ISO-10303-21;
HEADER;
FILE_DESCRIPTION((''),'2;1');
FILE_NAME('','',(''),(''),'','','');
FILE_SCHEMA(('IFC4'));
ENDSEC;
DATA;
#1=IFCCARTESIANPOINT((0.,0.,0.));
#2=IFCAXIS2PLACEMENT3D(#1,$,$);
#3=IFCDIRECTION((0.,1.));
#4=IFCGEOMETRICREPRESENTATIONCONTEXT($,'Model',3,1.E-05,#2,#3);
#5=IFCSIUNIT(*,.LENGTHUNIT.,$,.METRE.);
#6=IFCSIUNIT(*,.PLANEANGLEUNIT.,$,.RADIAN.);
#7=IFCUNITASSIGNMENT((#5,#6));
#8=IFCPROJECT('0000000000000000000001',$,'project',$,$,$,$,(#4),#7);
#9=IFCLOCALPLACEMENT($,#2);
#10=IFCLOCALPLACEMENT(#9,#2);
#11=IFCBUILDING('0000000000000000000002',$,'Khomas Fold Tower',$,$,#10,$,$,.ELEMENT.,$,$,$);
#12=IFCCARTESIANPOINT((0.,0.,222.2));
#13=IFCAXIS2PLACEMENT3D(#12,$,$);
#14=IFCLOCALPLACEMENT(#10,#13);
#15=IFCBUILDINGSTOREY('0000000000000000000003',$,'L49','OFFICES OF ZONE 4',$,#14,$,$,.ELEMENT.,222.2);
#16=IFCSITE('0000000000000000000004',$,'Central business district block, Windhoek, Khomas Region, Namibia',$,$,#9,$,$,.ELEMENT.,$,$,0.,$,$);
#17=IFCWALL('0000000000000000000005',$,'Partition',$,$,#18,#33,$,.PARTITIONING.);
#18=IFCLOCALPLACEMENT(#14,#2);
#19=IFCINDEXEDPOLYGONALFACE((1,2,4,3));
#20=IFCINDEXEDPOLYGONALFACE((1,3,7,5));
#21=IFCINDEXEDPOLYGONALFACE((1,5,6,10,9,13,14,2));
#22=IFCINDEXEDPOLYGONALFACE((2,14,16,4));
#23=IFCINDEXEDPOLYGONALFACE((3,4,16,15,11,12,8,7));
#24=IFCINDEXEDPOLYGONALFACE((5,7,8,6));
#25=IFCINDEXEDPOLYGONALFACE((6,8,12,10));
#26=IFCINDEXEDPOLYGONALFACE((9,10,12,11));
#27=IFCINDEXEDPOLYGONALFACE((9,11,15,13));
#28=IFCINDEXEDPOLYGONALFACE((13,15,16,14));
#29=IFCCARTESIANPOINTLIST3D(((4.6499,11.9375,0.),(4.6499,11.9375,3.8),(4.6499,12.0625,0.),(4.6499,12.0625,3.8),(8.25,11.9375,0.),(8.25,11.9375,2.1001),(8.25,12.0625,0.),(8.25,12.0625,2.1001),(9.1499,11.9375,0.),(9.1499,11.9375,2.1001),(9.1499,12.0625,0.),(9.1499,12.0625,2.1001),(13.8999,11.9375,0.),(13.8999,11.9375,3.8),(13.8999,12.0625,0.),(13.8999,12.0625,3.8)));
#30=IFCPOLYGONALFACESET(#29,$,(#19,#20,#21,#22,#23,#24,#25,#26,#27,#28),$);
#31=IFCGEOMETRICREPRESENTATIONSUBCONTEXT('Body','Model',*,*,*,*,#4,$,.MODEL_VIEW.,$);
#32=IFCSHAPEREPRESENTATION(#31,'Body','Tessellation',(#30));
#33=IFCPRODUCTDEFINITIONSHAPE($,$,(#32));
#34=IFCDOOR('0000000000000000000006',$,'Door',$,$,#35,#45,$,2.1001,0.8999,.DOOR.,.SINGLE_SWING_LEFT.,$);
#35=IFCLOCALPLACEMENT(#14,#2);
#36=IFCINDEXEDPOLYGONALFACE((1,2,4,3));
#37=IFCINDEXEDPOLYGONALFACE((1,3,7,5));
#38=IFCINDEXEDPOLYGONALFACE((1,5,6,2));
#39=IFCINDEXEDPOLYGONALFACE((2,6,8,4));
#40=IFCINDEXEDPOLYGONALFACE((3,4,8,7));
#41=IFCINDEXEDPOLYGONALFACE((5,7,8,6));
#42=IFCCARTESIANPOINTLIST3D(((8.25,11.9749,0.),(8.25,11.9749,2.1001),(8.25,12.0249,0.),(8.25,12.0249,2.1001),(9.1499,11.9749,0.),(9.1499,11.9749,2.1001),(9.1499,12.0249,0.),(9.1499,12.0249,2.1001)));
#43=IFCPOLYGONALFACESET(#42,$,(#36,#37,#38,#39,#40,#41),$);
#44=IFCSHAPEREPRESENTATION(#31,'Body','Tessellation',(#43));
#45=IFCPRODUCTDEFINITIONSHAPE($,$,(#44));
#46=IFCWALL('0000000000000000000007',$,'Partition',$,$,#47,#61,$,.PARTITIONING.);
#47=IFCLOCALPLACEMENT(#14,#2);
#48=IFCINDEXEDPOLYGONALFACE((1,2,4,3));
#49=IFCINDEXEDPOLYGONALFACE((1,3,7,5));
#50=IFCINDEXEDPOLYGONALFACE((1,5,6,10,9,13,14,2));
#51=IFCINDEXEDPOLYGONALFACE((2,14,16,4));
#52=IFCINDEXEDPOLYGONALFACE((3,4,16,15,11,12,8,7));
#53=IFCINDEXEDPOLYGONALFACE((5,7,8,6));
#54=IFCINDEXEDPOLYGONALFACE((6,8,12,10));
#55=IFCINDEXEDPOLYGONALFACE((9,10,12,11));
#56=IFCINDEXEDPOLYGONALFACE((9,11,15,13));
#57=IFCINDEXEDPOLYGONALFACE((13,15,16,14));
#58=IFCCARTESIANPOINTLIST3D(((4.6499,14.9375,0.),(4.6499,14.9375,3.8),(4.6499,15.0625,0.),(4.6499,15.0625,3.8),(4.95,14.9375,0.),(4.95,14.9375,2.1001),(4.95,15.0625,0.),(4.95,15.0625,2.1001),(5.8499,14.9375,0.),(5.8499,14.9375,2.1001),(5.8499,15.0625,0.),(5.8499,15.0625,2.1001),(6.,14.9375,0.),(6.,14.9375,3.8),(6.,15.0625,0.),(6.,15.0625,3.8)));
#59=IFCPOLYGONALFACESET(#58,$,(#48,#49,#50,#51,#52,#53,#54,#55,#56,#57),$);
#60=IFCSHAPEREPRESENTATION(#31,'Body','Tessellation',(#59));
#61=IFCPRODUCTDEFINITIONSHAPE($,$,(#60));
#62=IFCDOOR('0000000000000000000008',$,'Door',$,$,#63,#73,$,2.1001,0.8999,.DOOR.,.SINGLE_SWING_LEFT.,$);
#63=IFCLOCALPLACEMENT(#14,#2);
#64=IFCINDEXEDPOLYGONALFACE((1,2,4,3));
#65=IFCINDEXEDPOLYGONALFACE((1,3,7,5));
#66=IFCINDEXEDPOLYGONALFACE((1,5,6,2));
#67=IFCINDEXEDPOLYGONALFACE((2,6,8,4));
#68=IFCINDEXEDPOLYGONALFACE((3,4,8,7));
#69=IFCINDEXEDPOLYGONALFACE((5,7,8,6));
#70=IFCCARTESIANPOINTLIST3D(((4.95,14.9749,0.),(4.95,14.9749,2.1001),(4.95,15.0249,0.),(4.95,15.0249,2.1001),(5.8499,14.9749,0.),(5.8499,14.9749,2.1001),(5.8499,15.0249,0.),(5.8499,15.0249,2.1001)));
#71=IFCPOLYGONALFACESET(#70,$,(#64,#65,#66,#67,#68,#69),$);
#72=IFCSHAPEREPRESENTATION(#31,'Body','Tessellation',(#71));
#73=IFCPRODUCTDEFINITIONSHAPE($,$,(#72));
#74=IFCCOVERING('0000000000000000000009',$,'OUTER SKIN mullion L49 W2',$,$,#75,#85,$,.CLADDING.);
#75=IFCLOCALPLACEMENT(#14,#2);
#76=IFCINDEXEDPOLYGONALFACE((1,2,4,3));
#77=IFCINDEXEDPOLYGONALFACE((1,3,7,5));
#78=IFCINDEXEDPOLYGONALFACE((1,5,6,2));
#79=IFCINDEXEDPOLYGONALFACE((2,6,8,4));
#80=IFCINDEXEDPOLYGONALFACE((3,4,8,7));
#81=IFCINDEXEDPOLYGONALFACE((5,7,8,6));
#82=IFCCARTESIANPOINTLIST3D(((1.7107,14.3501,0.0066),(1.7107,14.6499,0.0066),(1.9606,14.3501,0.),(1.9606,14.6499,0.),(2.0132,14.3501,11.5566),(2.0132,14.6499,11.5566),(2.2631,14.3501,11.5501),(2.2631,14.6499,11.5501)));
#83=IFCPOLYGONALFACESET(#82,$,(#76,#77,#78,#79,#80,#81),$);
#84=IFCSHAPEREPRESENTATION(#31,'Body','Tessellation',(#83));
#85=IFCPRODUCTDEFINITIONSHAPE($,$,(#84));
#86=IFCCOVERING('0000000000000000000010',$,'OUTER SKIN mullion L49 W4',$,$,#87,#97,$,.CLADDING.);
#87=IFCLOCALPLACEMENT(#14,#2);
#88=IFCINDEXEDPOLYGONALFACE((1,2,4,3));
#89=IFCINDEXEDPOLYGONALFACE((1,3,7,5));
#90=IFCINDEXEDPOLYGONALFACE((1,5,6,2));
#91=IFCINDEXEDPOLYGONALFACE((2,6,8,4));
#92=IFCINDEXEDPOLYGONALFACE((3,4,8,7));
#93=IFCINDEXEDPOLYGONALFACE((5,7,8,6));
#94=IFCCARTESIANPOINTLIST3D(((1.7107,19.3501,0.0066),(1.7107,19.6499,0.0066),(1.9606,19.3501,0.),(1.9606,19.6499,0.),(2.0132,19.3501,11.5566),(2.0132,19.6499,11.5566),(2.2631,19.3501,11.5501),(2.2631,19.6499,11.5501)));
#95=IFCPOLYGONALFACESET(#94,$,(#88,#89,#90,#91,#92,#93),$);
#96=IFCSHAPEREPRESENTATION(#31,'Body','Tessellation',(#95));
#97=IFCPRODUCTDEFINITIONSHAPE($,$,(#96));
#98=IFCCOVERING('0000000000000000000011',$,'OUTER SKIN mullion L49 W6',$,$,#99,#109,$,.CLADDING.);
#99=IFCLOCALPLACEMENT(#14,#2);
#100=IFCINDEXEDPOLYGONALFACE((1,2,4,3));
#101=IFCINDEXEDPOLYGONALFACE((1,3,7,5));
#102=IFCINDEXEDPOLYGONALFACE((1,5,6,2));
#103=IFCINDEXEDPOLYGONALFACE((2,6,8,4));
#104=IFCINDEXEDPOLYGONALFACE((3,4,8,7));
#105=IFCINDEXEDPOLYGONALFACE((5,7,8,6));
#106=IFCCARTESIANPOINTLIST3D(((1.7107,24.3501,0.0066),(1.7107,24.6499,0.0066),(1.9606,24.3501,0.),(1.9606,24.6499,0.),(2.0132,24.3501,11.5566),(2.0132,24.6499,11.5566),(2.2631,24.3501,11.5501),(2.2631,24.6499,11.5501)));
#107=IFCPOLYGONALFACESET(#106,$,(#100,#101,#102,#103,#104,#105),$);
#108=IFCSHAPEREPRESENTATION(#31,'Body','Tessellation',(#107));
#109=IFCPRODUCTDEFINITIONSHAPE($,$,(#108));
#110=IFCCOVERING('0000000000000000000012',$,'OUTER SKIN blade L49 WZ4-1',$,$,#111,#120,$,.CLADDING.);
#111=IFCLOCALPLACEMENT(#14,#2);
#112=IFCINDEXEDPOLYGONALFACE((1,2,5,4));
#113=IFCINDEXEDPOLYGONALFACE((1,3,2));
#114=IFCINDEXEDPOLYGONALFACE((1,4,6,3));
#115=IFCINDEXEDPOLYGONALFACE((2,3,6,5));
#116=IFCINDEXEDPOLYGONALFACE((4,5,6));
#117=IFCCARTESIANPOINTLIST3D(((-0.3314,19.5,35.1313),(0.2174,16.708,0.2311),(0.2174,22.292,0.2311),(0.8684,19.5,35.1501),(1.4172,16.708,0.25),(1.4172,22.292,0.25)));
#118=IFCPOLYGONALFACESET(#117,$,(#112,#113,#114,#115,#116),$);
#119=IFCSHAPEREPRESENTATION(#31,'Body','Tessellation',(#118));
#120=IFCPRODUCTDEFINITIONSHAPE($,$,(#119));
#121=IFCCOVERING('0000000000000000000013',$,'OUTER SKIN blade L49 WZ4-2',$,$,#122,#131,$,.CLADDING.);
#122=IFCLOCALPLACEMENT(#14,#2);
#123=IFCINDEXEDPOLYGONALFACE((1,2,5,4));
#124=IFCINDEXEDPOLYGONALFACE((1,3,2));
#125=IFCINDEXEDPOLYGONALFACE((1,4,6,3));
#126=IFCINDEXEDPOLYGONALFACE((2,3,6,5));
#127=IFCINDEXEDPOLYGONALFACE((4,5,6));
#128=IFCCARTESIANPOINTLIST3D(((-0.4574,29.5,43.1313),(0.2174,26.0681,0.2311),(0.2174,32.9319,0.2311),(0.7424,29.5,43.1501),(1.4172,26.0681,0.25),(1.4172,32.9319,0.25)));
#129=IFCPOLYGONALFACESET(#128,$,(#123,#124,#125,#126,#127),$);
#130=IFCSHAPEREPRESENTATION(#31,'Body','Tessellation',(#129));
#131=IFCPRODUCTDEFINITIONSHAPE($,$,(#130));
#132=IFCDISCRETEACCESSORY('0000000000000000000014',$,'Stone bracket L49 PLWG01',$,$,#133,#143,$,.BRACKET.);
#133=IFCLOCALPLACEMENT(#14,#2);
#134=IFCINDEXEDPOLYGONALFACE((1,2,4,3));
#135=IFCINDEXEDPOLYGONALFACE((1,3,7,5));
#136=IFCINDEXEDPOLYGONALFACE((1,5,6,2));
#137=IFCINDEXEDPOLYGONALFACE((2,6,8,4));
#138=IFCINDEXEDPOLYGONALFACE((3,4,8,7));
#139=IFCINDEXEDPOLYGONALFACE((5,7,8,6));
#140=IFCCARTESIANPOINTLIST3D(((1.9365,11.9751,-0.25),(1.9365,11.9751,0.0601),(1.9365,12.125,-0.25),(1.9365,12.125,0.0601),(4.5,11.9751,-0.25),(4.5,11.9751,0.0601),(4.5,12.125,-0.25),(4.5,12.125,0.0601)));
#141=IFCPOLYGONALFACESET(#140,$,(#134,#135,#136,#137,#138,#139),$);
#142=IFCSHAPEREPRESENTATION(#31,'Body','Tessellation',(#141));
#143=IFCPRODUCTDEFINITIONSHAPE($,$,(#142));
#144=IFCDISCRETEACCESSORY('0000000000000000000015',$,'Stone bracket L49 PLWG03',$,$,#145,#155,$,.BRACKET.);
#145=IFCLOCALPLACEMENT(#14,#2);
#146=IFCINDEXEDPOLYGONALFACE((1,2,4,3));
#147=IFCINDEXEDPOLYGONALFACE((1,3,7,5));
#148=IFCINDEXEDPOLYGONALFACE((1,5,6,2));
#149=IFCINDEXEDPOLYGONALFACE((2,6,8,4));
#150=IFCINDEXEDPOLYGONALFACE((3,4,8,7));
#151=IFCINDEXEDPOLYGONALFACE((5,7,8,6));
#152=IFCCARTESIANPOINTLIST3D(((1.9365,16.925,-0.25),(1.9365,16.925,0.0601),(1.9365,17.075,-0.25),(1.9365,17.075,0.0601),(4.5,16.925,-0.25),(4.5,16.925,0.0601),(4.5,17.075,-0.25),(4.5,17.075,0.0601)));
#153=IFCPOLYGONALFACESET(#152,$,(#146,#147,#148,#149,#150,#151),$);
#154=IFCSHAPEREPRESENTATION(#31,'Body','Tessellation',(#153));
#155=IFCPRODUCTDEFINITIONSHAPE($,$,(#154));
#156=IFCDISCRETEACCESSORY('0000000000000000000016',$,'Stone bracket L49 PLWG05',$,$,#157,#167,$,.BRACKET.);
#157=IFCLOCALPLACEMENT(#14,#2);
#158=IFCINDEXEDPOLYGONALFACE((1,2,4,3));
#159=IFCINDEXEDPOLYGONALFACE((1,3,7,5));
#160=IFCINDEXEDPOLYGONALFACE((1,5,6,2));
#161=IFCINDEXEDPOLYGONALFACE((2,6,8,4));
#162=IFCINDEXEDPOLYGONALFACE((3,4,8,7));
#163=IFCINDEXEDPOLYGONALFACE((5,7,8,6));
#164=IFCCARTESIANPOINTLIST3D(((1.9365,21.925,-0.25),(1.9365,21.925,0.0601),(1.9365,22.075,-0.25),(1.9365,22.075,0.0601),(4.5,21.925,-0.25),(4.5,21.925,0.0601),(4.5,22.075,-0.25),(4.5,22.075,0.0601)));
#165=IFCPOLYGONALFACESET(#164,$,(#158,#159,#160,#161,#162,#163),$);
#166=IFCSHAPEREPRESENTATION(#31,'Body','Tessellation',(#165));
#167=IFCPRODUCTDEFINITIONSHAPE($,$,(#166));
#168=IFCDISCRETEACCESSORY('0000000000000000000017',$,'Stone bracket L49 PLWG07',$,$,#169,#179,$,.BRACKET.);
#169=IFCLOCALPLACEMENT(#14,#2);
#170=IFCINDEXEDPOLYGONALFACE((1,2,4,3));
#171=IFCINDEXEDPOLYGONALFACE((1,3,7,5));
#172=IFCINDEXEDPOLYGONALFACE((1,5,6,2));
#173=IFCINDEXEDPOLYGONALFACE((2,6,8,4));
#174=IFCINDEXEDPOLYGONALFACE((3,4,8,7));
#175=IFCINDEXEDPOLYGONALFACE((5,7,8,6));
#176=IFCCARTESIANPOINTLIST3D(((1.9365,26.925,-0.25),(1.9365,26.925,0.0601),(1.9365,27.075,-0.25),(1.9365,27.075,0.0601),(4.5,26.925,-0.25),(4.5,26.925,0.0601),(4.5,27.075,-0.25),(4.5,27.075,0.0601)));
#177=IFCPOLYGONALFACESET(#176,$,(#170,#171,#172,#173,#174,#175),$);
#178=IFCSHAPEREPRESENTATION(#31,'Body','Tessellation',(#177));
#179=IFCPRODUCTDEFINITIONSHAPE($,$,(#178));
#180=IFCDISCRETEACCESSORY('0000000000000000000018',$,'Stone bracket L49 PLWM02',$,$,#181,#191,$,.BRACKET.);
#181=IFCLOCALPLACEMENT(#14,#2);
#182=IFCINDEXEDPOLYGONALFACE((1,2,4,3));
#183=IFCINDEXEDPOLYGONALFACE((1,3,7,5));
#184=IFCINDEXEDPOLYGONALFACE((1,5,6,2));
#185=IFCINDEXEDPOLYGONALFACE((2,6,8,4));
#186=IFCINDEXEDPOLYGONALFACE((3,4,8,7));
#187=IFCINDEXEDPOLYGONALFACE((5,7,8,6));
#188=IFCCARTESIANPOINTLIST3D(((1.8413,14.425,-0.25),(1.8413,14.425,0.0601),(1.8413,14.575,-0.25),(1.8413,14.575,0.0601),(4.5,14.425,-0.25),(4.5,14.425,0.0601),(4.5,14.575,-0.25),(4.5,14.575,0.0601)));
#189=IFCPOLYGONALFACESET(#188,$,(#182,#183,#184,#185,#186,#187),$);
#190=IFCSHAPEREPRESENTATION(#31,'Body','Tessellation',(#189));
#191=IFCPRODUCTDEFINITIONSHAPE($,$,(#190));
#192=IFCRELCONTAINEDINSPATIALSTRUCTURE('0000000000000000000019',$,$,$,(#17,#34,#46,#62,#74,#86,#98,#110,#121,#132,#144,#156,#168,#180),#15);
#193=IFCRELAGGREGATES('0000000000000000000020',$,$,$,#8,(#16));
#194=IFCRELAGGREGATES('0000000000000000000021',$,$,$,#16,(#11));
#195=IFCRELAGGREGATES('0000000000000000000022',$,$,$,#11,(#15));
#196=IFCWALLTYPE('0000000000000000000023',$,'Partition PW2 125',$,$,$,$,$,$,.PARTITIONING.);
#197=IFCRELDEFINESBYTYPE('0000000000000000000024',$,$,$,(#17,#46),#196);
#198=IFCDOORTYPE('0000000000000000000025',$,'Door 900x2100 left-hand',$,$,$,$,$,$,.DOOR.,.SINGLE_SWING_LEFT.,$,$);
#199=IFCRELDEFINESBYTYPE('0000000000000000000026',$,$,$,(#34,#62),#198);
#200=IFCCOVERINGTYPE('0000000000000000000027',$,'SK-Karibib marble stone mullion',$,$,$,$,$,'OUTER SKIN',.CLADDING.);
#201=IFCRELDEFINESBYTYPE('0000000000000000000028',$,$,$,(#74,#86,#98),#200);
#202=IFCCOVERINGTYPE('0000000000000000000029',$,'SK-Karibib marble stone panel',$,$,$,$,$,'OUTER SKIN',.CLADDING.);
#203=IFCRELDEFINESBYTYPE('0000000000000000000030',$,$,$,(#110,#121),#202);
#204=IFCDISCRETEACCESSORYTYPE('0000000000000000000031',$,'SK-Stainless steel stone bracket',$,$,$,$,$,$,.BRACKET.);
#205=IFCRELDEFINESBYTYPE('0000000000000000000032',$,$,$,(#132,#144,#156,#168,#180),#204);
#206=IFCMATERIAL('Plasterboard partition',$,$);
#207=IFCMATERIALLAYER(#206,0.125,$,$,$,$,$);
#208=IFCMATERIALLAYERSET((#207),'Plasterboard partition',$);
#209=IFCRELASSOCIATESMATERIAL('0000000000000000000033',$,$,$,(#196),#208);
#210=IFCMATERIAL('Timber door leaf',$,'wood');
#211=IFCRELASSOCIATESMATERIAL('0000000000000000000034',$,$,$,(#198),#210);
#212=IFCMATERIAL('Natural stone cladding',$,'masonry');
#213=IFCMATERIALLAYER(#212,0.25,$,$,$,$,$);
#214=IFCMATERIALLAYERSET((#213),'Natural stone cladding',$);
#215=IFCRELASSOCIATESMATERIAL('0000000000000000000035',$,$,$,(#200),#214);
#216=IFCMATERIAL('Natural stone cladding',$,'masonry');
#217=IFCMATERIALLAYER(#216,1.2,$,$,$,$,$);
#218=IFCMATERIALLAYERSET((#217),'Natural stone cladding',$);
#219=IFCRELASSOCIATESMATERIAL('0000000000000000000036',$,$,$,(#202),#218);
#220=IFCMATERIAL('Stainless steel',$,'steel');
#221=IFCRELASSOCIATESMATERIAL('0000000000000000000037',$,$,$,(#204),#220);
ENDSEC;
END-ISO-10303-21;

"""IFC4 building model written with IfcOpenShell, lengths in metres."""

from ifc_helpers import new_model, si_unit, direction, frame, frame_2d, origin, origin_2d, place, context, subcontext, project, spatial, polyline, rectangle, outline, extrude, source, transform, mapped, material, layer, layer_set, type_object, element, fill, save


model = new_model("IFC4")

# Units and contexts
model_context = context("Model", 3, precision=1e-05, world=origin(), true_north=direction((0.0, 1.0)))
body_context = subcontext(model_context, "Body", "Model", "MODEL_VIEW")
ifc_project = project(units=[si_unit("LENGTHUNIT", "METRE"), si_unit("PLANEANGLEUNIT", "RADIAN")], contexts=[model_context])

# Site, building, storey
site_placement = place(None, origin())
site = spatial("IfcSite", under=ifc_project, at=site_placement, Name="Central business district block, Windhoek, Khomas Region, Namibia", CompositionType="ELEMENT", RefElevation=0.0)
building_placement = place(site_placement, origin())
building = spatial("IfcBuilding", under=site, at=building_placement, Name="Khomas Fold Tower", CompositionType="ELEMENT")
storey_placement = place(building_placement, frame((0.0, 0.0, 222.2)))
storey = spatial("IfcBuildingStorey", under=building, at=storey_placement, Name="L49", Description="OFFICES OF ZONE 4", CompositionType="ELEMENT", Elevation=222.2)

# Walls, openings, doors
ifc_material_1 = material(Name="Plasterboard partition")
ifc_layer_1 = layer(ifc_material_1, 0.125)
ifc_layer_set_1 = layer_set([ifc_layer_1], Name="Plasterboard partition")
wall_type = type_object("IfcWallType", Name="Partition PW2 125", PredefinedType="PARTITIONING", material=ifc_layer_set_1)
shared_shape_1 = source(origin(), body_context, "Body", "SweptSolid", [
    extrude(rectangle(XDim=9.25, YDim=0.125, at=frame_2d((4.625, 0.0))), origin(), (0.0, 0.0, 1.0), 3.8),
])
wall_1_placement = place(storey_placement, frame((4.6499, 12.0, 0.0), z_axis=(0.0, 0.0, 1.0), x_axis=(1.0, 0.0, 0.0)))
wall_1 = element("IfcWall", 1, at=wall_1_placement, inside=storey, type_object=wall_type, Name="Partition", PredefinedType="PARTITIONING", context=body_context, shape_type="MappedRepresentation", body=[
    mapped(shared_shape_1, transform((0.0, 0.0, 0.0))),
])
shared_shape_2 = source(origin(), body_context, "Body", "SweptSolid", [
    extrude(rectangle(XDim=0.8999, YDim=2.1001, at=frame_2d((0.45, 1.05))), frame((0.0, 0.0725, 0.0), z_axis=(0.0, -1.0, 0.0), x_axis=(1.0, 0.0, 0.0)), (0.0, 0.0, 1.0), 0.145),
])
opening_1_placement = place(wall_1_placement, frame((3.6001, 0.0, 0.0)))
opening_1 = element("IfcOpeningElement", 2, at=opening_1_placement, cuts=wall_1, PredefinedType="OPENING", context=body_context, shape_type="MappedRepresentation", body=[
    mapped(shared_shape_2, transform((0.0, 0.0, 0.0))),
])
ifc_material_2 = material(Name="Timber door leaf", Category="wood")
door_type = type_object("IfcDoorType", Name="Door 900x2100 left-hand", OperationType="SINGLE_SWING_LEFT", PredefinedType="DOOR", material=ifc_material_2)
shared_shape_3 = source(origin(), body_context, "Body", "SweptSolid", [
    extrude(rectangle(XDim=0.8999, YDim=2.1001, at=frame_2d((0.45, 1.05))), frame((0.0, 0.0249, 0.0), z_axis=(0.0, -1.0, 0.0), x_axis=(1.0, 0.0, 0.0)), (0.0, 0.0, 1.0), 0.05),
])
door_1_placement = place(opening_1_placement, origin())
door_1 = element("IfcDoor", 3, at=door_1_placement, inside=storey, type_object=door_type, Name="Door", OperationType="SINGLE_SWING_LEFT", OverallHeight=2.1001, OverallWidth=0.8999, PredefinedType="DOOR", context=body_context, shape_type="MappedRepresentation", body=[
    mapped(shared_shape_3, transform((0.0, 0.0, 0.0))),
])
fill(opening_1, door_1)
shared_shape_4 = source(origin(), body_context, "Body", "SweptSolid", [
    extrude(rectangle(XDim=1.3501, YDim=0.125, at=frame_2d((0.675, 0.0))), origin(), (0.0, 0.0, 1.0), 3.8),
])
wall_2_placement = place(storey_placement, frame((4.6499, 15.0, 0.0), z_axis=(0.0, 0.0, 1.0), x_axis=(1.0, 0.0, 0.0)))
wall_2 = element("IfcWall", 4, at=wall_2_placement, inside=storey, type_object=wall_type, Name="Partition", PredefinedType="PARTITIONING", context=body_context, shape_type="MappedRepresentation", body=[
    mapped(shared_shape_4, transform((0.0, 0.0, 0.0))),
])
opening_2_placement = place(wall_2_placement, frame((0.3, 0.0, 0.0)))
opening_2 = element("IfcOpeningElement", 5, at=opening_2_placement, cuts=wall_2, PredefinedType="OPENING", context=body_context, shape_type="MappedRepresentation", body=[
    mapped(shared_shape_2, transform((0.0, 0.0, 0.0))),
])
door_2_placement = place(opening_2_placement, origin())
door_2 = element("IfcDoor", 6, at=door_2_placement, inside=storey, type_object=door_type, Name="Door", OperationType="SINGLE_SWING_LEFT", OverallHeight=2.1001, OverallWidth=0.8999, PredefinedType="DOOR", context=body_context, shape_type="MappedRepresentation", body=[
    mapped(shared_shape_3, transform((0.0, 0.0, 0.0))),
])
fill(opening_2, door_2)

# Coverings
ifc_material_3 = material(Name="Natural stone cladding", Category="masonry")
ifc_layer_2 = layer(ifc_material_3, 0.25)
ifc_layer_set_2 = layer_set([ifc_layer_2], Name="Natural stone cladding")
covering_type_1 = type_object("IfcCoveringType", Name="SK-Karibib marble stone mullion", ElementType="OUTER SKIN", PredefinedType="CLADDING", material=ifc_layer_set_2)
for number, where, z_axis, x_axis, name in (
    (7, (1.7107, 14.3501, 0.0066), (-0.999657, 0.0, 0.026181), (0.0, 1.0, 0.0), "OUTER SKIN mullion L49 W2"),
    (8, (1.7107, 19.3501, 0.0066), (-0.999657, 0.0, 0.026181), (0.0, 1.0, 0.0), "OUTER SKIN mullion L49 W4"),
    (9, (1.7107, 24.3501, 0.0066), (-0.999657, 0.0, 0.026181), (0.0, 1.0, 0.0), "OUTER SKIN mullion L49 W6"),
):
    element("IfcCovering", number, at=place(storey_placement, frame(where, z_axis=z_axis, x_axis=x_axis)), inside=storey, type_object=covering_type_1, Name=name, PredefinedType="CLADDING", context=body_context, shape_type="SweptSolid", body=[
        extrude(outline(polyline([(0.0, 0.0), (0.2998, 0.0), (0.2998, -11.554), (0.0, -11.554), (0.0, 0.0)])), origin(), (0.0, 0.0, -1.0), 0.25),
    ])
ifc_material_4 = material(Name="Natural stone cladding", Category="masonry")
ifc_layer_3 = layer(ifc_material_4, 1.2)
ifc_layer_set_3 = layer_set([ifc_layer_3], Name="Natural stone cladding")
covering_type_2 = type_object("IfcCoveringType", Name="SK-Karibib marble stone panel", ElementType="OUTER SKIN", PredefinedType="CLADDING", material=ifc_layer_set_3)
covering_1_placement = place(storey_placement, frame((1.4172, 16.708, 0.25), z_axis=(0.999876, 0.0, 0.015724), x_axis=(0.0, 1.0, 0.0)))
element("IfcCovering", 10, at=covering_1_placement, inside=storey, type_object=covering_type_2, Name="OUTER SKIN blade L49 WZ4-1", PredefinedType="CLADDING", context=body_context, shape_type="SweptSolid", body=[
    extrude(outline(polyline([(0.0, 0.0), (5.584, 0.0), (2.792, 34.9045), (0.0, 0.0)])), origin(), (0.0, 0.0, -1.0), 1.2),
])
covering_2_placement = place(storey_placement, frame((1.4172, 26.0681, 0.25), z_axis=(0.999876, 0.0, 0.015728), x_axis=(0.0, 1.0, 0.0)))
element("IfcCovering", 11, at=covering_2_placement, inside=storey, type_object=covering_type_2, Name="OUTER SKIN blade L49 WZ4-2", PredefinedType="CLADDING", context=body_context, shape_type="SweptSolid", body=[
    extrude(outline(polyline([(0.0, 0.0), (6.8638, 0.0), (3.4319, 42.9055), (0.0, 0.0)])), origin(), (0.0, 0.0, -1.0), 1.2),
])

# Discrete accessories
ifc_material_5 = material(Name="Stainless steel", Category="steel")
discrete_accessory_type = type_object("IfcDiscreteAccessoryType", Name="SK-Stainless steel stone bracket", PredefinedType="BRACKET", material=ifc_material_5)
shared_shape_5 = source(origin(), body_context, "Body", "SweptSolid", [
    extrude(rectangle(XDim=2.5635, YDim=0.1499, at=origin_2d()), origin(), (0.0, 0.0, 1.0), 0.3101),
])
for number, where, z_axis, x_axis, name in (
    (12, (3.2183, 12.05, -0.25), (0.0, 0.0, 1.0), (-1.0, 0.0, 0.0), "Stone bracket L49 PLWG01"),
    (13, (3.2183, 17.0, -0.25), (0.0, 0.0, 1.0), (-1.0, 0.0, 0.0), "Stone bracket L49 PLWG03"),
    (14, (3.2183, 22.0, -0.25), (0.0, 0.0, 1.0), (-1.0, 0.0, 0.0), "Stone bracket L49 PLWG05"),
    (15, (3.2183, 27.0, -0.25), (0.0, 0.0, 1.0), (-1.0, 0.0, 0.0), "Stone bracket L49 PLWG07"),
):
    element("IfcDiscreteAccessory", number, at=place(storey_placement, frame(where, z_axis=z_axis, x_axis=x_axis)), inside=storey, type_object=discrete_accessory_type, Name=name, PredefinedType="BRACKET", context=body_context, shape_type="MappedRepresentation", body=[
        mapped(shared_shape_5, transform((0.0, 0.0, 0.0))),
    ])
shared_shape_6 = source(origin(), body_context, "Body", "SweptSolid", [
    extrude(rectangle(XDim=2.6587, YDim=0.1499, at=origin_2d()), origin(), (0.0, 0.0, 1.0), 0.3101),
])
for number, where, z_axis, x_axis, name in (
    (16, (3.1707, 14.5, -0.25), (0.0, 0.0, 1.0), (-1.0, 0.0, 0.0), "Stone bracket L49 PLWM02"),
):
    element("IfcDiscreteAccessory", number, at=place(storey_placement, frame(where, z_axis=z_axis, x_axis=x_axis)), inside=storey, type_object=discrete_accessory_type, Name=name, PredefinedType="BRACKET", context=body_context, shape_type="MappedRepresentation", body=[
        mapped(shared_shape_6, transform((0.0, 0.0, 0.0))),
    ])

save(model, "model.ifc")
